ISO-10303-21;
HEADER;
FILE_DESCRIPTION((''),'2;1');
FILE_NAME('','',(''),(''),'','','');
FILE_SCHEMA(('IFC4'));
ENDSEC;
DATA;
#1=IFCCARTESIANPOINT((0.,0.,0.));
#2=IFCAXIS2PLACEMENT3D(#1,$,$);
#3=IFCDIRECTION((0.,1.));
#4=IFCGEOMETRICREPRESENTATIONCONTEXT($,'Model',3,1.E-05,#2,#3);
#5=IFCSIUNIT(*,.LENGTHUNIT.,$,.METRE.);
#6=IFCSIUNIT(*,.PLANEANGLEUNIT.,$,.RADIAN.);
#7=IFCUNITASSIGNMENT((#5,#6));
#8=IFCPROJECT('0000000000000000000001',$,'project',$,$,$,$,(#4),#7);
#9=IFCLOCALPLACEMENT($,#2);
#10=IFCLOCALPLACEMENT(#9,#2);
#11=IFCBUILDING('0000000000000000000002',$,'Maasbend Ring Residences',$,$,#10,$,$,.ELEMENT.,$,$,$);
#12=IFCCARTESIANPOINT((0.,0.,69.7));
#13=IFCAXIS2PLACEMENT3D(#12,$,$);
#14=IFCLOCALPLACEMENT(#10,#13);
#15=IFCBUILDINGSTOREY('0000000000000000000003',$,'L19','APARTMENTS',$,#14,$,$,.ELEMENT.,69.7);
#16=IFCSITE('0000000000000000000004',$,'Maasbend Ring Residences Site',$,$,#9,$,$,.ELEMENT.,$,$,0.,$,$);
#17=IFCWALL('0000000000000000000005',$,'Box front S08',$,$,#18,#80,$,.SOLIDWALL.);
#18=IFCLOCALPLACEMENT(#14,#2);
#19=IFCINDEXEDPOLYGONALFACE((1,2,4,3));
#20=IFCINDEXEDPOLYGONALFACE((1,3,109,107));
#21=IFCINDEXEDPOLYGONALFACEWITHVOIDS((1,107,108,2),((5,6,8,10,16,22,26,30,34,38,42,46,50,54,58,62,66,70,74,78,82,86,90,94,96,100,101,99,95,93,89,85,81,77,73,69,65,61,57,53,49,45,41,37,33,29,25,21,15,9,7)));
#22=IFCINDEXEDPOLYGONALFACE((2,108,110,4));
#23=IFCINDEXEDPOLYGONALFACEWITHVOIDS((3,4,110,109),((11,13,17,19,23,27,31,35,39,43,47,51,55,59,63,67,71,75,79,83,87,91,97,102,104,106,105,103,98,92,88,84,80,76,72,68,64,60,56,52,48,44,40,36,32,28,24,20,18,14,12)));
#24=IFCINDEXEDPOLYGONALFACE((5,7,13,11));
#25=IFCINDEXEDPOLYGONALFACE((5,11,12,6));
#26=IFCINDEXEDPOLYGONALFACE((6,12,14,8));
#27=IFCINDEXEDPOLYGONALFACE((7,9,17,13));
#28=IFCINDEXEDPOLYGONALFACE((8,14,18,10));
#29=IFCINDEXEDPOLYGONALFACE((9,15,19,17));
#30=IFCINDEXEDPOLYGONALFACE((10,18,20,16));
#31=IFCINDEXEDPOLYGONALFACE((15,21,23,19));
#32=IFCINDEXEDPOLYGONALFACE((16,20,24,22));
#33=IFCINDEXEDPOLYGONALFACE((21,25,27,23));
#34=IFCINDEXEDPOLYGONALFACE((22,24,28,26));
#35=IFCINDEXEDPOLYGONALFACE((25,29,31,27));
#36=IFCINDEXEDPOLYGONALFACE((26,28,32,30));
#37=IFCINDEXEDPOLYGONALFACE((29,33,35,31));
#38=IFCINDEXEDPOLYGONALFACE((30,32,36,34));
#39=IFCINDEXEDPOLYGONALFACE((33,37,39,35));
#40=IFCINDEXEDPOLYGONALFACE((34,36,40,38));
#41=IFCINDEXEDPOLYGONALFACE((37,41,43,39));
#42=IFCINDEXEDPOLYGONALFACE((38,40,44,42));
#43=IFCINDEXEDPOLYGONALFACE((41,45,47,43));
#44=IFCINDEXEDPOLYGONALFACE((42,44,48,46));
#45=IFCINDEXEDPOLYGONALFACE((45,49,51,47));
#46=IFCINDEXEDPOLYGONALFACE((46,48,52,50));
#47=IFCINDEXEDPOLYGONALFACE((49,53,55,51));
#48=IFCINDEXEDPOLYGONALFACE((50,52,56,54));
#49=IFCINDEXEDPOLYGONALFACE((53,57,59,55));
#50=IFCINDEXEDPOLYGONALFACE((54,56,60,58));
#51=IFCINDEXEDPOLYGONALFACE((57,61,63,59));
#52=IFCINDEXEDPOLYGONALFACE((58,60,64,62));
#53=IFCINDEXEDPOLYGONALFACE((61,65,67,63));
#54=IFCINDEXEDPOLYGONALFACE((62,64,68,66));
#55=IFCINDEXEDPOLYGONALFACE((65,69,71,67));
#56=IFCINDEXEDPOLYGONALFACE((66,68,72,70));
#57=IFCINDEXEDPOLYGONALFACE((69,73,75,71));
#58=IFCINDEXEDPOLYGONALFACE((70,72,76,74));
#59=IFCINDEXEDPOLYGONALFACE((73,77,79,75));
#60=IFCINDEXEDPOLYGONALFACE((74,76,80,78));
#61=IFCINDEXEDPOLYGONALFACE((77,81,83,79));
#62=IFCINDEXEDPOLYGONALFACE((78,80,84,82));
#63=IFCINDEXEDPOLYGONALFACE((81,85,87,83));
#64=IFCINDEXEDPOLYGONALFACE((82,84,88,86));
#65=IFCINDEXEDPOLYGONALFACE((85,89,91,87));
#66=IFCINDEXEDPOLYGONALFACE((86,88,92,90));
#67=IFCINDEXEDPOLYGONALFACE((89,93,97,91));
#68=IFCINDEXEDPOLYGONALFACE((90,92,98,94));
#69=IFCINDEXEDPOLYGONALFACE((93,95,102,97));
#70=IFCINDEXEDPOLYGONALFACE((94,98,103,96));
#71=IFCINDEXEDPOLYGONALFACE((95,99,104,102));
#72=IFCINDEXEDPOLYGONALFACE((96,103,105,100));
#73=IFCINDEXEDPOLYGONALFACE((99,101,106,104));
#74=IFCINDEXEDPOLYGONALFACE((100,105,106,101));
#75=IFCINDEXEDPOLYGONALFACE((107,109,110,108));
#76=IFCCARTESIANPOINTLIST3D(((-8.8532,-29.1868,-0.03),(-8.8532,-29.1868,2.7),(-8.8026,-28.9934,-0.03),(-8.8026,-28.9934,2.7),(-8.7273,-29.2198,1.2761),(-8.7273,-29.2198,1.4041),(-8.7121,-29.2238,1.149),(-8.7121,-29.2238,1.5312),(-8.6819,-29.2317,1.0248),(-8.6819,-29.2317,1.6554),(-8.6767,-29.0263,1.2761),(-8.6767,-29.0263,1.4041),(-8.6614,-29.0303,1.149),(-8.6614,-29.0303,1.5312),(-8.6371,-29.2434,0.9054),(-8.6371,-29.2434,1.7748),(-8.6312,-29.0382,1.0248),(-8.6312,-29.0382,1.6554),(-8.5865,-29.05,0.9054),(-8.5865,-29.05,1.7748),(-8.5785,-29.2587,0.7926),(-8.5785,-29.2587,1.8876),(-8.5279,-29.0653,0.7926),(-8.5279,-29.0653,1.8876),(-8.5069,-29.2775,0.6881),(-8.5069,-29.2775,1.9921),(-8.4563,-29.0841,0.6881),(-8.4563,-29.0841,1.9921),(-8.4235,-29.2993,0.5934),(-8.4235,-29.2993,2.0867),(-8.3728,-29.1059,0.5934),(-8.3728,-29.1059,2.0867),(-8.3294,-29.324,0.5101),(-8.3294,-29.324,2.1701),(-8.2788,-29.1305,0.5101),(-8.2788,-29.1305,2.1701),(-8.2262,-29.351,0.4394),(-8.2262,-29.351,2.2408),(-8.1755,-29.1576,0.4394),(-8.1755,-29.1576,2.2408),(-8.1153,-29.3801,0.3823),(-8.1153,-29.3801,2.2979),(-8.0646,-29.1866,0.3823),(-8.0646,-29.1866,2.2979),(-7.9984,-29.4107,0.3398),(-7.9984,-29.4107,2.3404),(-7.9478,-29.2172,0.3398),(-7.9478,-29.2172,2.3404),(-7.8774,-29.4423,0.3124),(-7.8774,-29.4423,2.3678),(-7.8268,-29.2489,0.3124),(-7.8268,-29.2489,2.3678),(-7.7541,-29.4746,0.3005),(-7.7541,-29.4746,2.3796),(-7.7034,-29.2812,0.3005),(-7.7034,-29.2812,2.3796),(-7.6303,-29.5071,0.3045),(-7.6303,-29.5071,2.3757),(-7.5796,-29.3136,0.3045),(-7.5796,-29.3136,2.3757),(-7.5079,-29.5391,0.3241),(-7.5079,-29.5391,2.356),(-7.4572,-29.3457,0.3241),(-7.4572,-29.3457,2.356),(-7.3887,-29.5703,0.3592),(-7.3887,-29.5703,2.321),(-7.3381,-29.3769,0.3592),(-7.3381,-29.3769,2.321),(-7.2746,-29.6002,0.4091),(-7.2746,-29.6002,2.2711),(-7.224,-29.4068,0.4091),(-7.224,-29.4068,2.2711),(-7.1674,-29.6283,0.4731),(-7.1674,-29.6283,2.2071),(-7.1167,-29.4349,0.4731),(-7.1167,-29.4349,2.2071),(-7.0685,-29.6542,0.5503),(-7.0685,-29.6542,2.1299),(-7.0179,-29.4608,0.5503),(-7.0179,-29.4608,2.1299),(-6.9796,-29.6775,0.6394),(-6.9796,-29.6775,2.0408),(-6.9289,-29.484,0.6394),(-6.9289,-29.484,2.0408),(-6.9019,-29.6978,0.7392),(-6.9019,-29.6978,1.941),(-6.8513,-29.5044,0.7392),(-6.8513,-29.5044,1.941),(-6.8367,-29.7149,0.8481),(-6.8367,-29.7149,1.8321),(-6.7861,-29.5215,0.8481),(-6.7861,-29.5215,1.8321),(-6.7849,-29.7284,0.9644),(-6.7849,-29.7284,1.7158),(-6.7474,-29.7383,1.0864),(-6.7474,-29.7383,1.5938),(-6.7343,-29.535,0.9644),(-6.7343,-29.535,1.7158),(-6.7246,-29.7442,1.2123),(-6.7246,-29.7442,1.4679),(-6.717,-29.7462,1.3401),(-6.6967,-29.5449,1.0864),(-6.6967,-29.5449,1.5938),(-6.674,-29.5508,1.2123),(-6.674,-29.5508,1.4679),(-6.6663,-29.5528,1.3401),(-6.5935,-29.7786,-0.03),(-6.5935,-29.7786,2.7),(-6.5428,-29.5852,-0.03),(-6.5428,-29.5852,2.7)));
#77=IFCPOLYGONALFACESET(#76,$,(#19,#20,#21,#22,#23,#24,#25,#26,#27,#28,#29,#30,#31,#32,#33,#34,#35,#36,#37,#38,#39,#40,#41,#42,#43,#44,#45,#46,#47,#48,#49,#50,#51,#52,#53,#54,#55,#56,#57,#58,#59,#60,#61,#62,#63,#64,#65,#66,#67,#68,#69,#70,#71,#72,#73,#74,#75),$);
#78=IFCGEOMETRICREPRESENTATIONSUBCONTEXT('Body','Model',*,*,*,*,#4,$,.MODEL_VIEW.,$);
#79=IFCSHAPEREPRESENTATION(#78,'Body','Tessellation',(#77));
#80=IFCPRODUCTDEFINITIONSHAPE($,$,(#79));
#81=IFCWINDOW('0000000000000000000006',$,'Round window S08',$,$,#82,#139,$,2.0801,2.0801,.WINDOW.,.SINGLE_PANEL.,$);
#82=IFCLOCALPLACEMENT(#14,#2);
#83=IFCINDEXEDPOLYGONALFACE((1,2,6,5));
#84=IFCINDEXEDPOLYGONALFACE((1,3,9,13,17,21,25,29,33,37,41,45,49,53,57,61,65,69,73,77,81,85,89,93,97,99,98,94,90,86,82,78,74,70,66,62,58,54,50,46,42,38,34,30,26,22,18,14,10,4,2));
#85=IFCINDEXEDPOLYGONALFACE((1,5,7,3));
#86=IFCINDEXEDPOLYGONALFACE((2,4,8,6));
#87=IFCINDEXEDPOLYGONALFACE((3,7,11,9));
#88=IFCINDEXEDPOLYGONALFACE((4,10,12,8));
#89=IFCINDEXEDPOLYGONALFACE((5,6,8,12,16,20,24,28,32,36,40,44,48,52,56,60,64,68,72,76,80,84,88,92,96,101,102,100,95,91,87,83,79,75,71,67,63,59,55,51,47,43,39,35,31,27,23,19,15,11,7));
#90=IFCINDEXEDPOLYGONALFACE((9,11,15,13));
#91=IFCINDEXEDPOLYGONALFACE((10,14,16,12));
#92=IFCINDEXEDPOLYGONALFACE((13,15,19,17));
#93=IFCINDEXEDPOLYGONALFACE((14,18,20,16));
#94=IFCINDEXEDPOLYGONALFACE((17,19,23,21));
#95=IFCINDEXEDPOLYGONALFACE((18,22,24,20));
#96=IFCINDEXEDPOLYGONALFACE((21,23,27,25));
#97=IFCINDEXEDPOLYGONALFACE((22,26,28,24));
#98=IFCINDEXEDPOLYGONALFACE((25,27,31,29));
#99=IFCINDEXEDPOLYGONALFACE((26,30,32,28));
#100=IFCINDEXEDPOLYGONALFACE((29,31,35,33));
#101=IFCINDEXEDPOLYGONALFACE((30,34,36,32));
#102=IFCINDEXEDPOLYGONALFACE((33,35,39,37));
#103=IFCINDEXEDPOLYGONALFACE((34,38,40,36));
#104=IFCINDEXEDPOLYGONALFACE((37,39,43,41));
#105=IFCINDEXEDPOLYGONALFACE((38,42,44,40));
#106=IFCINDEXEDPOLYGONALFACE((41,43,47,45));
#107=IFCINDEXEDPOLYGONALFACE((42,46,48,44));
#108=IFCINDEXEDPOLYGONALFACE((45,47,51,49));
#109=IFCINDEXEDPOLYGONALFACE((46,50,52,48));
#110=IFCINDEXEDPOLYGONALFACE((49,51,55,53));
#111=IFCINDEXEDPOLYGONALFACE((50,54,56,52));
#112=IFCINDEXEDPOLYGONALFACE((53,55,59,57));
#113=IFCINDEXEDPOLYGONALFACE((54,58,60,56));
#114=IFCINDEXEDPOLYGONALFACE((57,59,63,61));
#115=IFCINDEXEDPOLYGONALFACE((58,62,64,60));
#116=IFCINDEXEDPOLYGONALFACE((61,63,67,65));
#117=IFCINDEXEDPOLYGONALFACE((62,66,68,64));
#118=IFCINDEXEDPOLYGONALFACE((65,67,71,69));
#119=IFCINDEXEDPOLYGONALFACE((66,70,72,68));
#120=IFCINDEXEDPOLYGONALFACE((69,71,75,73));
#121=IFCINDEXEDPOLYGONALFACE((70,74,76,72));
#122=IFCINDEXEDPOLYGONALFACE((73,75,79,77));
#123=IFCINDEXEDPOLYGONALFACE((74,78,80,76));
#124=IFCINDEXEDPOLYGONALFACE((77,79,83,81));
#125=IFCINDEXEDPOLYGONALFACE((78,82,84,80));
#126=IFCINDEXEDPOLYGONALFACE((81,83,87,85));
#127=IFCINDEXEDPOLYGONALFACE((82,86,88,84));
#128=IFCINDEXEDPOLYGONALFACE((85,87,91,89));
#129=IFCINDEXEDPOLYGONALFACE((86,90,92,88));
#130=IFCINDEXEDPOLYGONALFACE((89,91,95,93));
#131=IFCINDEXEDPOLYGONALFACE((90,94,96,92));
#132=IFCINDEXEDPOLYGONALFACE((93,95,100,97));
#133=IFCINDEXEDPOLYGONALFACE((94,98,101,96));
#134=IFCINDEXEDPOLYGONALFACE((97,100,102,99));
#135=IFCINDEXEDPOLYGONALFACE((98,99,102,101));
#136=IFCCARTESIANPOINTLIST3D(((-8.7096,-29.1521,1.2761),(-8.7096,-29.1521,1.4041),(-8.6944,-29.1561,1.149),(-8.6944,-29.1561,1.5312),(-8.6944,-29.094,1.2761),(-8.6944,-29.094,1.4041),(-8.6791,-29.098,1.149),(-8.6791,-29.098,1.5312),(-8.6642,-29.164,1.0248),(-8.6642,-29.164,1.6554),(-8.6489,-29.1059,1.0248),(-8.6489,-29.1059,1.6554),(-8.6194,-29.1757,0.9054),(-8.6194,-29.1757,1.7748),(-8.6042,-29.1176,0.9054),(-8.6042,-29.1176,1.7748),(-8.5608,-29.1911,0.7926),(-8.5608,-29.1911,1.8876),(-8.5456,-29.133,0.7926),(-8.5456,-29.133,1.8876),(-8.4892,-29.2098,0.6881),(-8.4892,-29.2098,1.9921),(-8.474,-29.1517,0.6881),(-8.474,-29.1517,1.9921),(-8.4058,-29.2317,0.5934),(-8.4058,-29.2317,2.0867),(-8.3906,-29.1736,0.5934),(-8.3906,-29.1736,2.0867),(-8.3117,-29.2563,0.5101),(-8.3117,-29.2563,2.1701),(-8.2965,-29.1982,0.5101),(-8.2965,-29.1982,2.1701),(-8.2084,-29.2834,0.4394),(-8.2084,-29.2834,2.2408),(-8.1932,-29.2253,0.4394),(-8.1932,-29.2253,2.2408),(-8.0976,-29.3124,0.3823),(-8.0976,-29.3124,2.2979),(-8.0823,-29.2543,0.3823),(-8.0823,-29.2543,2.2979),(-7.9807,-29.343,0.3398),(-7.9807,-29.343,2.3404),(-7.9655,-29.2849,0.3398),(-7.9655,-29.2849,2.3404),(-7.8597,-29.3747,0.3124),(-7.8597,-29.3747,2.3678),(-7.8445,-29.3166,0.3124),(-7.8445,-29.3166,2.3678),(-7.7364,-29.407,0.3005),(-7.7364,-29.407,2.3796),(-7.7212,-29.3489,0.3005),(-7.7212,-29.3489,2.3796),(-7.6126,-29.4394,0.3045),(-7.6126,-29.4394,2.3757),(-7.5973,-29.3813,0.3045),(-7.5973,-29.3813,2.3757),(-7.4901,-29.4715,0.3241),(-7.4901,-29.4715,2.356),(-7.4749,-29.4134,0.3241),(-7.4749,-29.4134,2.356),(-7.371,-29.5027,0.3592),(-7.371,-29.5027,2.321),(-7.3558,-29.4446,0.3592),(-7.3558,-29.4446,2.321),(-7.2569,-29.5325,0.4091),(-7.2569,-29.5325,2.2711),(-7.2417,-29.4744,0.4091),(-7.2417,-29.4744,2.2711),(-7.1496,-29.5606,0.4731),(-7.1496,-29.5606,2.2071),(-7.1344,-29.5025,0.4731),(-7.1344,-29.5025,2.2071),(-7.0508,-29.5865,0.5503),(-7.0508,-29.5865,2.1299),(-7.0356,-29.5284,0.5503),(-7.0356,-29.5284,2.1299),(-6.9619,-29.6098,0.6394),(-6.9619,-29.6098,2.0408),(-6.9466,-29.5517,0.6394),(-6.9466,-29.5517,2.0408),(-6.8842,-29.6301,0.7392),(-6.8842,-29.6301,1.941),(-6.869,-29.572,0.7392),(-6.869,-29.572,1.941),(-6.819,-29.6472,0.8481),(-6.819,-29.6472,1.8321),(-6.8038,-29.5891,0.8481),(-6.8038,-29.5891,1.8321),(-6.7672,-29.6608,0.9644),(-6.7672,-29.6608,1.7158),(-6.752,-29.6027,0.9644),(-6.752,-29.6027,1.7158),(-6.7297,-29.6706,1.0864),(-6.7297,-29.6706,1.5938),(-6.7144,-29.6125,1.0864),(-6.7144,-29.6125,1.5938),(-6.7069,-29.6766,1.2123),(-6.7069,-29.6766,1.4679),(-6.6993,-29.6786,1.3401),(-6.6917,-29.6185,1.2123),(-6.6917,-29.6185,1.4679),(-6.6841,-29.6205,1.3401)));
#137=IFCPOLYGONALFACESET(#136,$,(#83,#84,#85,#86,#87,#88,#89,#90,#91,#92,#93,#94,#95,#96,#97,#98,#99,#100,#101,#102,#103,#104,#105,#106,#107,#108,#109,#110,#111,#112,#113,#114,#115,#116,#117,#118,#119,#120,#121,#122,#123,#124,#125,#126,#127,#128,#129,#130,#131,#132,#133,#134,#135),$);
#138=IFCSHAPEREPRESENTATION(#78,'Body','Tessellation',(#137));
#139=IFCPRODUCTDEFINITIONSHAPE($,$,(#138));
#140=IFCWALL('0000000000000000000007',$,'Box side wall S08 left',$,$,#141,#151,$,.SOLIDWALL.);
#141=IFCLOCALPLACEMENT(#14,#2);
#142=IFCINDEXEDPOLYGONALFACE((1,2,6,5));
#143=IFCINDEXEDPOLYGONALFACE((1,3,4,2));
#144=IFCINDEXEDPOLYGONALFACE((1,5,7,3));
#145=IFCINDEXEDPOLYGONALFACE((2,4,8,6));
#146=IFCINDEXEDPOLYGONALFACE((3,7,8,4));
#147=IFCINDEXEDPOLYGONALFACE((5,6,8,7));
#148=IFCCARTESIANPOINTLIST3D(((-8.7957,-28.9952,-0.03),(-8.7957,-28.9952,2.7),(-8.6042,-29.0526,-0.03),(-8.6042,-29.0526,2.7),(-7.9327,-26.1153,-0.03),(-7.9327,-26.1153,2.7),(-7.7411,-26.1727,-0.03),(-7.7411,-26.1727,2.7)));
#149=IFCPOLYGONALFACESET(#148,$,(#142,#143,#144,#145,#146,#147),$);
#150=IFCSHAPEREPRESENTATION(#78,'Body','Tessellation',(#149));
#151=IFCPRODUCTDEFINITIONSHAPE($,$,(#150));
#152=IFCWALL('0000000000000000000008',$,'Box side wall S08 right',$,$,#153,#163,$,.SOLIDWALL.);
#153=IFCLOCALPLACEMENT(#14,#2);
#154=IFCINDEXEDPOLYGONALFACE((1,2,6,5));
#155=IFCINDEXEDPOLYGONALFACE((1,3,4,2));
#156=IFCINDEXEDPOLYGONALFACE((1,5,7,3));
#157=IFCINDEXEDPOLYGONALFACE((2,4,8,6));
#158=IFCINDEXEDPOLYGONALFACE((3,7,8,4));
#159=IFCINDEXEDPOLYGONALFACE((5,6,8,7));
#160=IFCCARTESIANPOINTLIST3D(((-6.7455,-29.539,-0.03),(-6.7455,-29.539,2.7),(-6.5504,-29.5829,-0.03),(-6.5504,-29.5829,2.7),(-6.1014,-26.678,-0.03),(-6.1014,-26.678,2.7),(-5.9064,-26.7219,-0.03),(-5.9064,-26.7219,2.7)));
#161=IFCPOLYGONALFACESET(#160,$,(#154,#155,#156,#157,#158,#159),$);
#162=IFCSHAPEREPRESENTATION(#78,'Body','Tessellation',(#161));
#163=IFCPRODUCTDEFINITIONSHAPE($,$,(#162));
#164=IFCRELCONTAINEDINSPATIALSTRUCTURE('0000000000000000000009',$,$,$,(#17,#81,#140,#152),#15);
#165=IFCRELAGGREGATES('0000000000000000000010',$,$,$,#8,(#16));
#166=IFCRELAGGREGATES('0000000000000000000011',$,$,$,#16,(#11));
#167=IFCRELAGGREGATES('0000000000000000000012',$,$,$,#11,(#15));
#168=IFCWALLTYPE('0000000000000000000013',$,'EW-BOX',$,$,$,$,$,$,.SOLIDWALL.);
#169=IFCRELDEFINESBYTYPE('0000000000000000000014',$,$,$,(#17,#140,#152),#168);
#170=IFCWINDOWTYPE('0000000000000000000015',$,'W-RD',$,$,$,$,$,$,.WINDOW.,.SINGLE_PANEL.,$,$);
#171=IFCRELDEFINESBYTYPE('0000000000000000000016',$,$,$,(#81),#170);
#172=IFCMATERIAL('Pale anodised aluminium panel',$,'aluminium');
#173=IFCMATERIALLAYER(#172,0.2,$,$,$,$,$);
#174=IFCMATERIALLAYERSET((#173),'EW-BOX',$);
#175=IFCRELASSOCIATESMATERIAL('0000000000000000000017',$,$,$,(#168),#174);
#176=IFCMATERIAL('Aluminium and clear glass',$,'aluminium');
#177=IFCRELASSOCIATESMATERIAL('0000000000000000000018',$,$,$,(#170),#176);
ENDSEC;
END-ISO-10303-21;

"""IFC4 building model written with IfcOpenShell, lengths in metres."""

from ifc_helpers import new_model, si_unit, direction, frame, frame_2d, origin, place, context, subcontext, project, spatial, rectangle, circle, extrude, material, layer, layer_set, type_object, element, fill, save


model = new_model("IFC4")

# Units and contexts
model_context = context("Model", 3, precision=1e-05, world=origin(), true_north=direction((0.0, 1.0)))
body_context = subcontext(model_context, "Body", "Model", "MODEL_VIEW")
ifc_project = project(units=[si_unit("LENGTHUNIT", "METRE"), si_unit("PLANEANGLEUNIT", "RADIAN")], contexts=[model_context])

# Site, building, storey
site_placement = place(None, origin())
site = spatial("IfcSite", under=ifc_project, at=site_placement, Name="Maasbend Ring Residences Site", CompositionType="ELEMENT", RefElevation=0.0)
building_placement = place(site_placement, origin())
building = spatial("IfcBuilding", under=site, at=building_placement, Name="Maasbend Ring Residences", CompositionType="ELEMENT")
storey_placement = place(building_placement, frame((0.0, 0.0, 69.7)))
storey = spatial("IfcBuildingStorey", under=building, at=storey_placement, Name="L19", Description="APARTMENTS", CompositionType="ELEMENT", Elevation=69.7)

# Wall, opening, window
ifc_material_1 = material(Name="Pale anodised aluminium panel", Category="aluminium")
ifc_layer_1 = layer(ifc_material_1, 0.2)
ifc_layer_set_1 = layer_set([ifc_layer_1], Name="EW-BOX")
wall_type_1 = type_object("IfcWallType", Name="EW-BOX", PredefinedType="SOLIDWALL", material=ifc_layer_set_1)
wall_1_placement = place(storey_placement, frame((-8.8279, -29.0901, -0.03), z_axis=(0.0, 0.0, 1.0), x_axis=(0.967377, -0.253341, 0.0)))
wall_1 = element("IfcWall", 1, at=wall_1_placement, inside=storey, type_object=wall_type_1, Name="Box front S08", PredefinedType="SOLIDWALL", context=body_context, shape_type="SweptSolid", body=[
    extrude(rectangle(XDim=2.3359, YDim=0.2, at=frame_2d((1.168, 0.0))), origin(), (0.0, 0.0, 1.0), 2.73),
])
opening_1_placement = place(wall_1_placement, frame((0.1282, 0.0, 0.3301)))
opening_1 = element("IfcOpeningElement", 2, at=opening_1_placement, cuts=wall_1, PredefinedType="OPENING", context=body_context, shape_type="SweptSolid", body=[
    extrude(circle(Radius=1.04, at=frame_2d((1.04, 1.04))), frame((0.0, 0.1099, 0.0), z_axis=(0.0, -1.0, 0.0), x_axis=(1.0, 0.0, 0.0)), (0.0, 0.0, 1.0), 0.22),
])
ifc_material_2 = material(Name="Aluminium and clear glass", Category="aluminium")
window_type_1 = type_object("IfcWindowType", Name="W-RD", PartitioningType="SINGLE_PANEL", PredefinedType="WINDOW", material=ifc_material_2)
window_1_placement = place(opening_1_placement, origin())
window_1 = element("IfcWindow", 3, at=window_1_placement, inside=storey, type_object=window_type_1, Name="Round window S08", OverallHeight=2.0801, OverallWidth=2.0801, PartitioningType="SINGLE_PANEL", PredefinedType="WINDOW", context=body_context, shape_type="SweptSolid", body=[
    extrude(circle(Radius=1.04, at=frame_2d((1.04, 1.04))), frame((0.0, 0.03, 0.0), z_axis=(0.0, -1.0, 0.0), x_axis=(1.0, 0.0, 0.0)), (0.0, 0.0, 1.0), 0.0601),
])
fill(opening_1, window_1)

# Walls
wall_2_placement = place(storey_placement, frame((-7.8369, -26.144, -0.03), z_axis=(0.0, 0.0, 1.0), x_axis=(-0.287065, -0.957911, 0.0)))
element("IfcWall", 4, at=wall_2_placement, inside=storey, type_object=wall_type_1, Name="Box side wall S08 left", PredefinedType="SOLIDWALL", context=body_context, shape_type="SweptSolid", body=[
    extrude(rectangle(XDim=3.0063, YDim=0.2, at=frame_2d((1.5032, 0.0))), origin(), (0.0, 0.0, 1.0), 2.73),
])
wall_3_placement = place(storey_placement, frame((-6.0039, -26.7, -0.03), z_axis=(0.0, 0.0, 1.0), x_axis=(-0.219609, -0.975588, 0.0)))
element("IfcWall", 5, at=wall_3_placement, inside=storey, type_object=wall_type_1, Name="Box side wall S08 right", PredefinedType="SOLIDWALL", context=body_context, shape_type="SweptSolid", body=[
    extrude(rectangle(XDim=2.9326, YDim=0.2, at=frame_2d((1.4663, 0.0))), origin(), (0.0, 0.0, 1.0), 2.73),
])

save(model, "model.ifc")
